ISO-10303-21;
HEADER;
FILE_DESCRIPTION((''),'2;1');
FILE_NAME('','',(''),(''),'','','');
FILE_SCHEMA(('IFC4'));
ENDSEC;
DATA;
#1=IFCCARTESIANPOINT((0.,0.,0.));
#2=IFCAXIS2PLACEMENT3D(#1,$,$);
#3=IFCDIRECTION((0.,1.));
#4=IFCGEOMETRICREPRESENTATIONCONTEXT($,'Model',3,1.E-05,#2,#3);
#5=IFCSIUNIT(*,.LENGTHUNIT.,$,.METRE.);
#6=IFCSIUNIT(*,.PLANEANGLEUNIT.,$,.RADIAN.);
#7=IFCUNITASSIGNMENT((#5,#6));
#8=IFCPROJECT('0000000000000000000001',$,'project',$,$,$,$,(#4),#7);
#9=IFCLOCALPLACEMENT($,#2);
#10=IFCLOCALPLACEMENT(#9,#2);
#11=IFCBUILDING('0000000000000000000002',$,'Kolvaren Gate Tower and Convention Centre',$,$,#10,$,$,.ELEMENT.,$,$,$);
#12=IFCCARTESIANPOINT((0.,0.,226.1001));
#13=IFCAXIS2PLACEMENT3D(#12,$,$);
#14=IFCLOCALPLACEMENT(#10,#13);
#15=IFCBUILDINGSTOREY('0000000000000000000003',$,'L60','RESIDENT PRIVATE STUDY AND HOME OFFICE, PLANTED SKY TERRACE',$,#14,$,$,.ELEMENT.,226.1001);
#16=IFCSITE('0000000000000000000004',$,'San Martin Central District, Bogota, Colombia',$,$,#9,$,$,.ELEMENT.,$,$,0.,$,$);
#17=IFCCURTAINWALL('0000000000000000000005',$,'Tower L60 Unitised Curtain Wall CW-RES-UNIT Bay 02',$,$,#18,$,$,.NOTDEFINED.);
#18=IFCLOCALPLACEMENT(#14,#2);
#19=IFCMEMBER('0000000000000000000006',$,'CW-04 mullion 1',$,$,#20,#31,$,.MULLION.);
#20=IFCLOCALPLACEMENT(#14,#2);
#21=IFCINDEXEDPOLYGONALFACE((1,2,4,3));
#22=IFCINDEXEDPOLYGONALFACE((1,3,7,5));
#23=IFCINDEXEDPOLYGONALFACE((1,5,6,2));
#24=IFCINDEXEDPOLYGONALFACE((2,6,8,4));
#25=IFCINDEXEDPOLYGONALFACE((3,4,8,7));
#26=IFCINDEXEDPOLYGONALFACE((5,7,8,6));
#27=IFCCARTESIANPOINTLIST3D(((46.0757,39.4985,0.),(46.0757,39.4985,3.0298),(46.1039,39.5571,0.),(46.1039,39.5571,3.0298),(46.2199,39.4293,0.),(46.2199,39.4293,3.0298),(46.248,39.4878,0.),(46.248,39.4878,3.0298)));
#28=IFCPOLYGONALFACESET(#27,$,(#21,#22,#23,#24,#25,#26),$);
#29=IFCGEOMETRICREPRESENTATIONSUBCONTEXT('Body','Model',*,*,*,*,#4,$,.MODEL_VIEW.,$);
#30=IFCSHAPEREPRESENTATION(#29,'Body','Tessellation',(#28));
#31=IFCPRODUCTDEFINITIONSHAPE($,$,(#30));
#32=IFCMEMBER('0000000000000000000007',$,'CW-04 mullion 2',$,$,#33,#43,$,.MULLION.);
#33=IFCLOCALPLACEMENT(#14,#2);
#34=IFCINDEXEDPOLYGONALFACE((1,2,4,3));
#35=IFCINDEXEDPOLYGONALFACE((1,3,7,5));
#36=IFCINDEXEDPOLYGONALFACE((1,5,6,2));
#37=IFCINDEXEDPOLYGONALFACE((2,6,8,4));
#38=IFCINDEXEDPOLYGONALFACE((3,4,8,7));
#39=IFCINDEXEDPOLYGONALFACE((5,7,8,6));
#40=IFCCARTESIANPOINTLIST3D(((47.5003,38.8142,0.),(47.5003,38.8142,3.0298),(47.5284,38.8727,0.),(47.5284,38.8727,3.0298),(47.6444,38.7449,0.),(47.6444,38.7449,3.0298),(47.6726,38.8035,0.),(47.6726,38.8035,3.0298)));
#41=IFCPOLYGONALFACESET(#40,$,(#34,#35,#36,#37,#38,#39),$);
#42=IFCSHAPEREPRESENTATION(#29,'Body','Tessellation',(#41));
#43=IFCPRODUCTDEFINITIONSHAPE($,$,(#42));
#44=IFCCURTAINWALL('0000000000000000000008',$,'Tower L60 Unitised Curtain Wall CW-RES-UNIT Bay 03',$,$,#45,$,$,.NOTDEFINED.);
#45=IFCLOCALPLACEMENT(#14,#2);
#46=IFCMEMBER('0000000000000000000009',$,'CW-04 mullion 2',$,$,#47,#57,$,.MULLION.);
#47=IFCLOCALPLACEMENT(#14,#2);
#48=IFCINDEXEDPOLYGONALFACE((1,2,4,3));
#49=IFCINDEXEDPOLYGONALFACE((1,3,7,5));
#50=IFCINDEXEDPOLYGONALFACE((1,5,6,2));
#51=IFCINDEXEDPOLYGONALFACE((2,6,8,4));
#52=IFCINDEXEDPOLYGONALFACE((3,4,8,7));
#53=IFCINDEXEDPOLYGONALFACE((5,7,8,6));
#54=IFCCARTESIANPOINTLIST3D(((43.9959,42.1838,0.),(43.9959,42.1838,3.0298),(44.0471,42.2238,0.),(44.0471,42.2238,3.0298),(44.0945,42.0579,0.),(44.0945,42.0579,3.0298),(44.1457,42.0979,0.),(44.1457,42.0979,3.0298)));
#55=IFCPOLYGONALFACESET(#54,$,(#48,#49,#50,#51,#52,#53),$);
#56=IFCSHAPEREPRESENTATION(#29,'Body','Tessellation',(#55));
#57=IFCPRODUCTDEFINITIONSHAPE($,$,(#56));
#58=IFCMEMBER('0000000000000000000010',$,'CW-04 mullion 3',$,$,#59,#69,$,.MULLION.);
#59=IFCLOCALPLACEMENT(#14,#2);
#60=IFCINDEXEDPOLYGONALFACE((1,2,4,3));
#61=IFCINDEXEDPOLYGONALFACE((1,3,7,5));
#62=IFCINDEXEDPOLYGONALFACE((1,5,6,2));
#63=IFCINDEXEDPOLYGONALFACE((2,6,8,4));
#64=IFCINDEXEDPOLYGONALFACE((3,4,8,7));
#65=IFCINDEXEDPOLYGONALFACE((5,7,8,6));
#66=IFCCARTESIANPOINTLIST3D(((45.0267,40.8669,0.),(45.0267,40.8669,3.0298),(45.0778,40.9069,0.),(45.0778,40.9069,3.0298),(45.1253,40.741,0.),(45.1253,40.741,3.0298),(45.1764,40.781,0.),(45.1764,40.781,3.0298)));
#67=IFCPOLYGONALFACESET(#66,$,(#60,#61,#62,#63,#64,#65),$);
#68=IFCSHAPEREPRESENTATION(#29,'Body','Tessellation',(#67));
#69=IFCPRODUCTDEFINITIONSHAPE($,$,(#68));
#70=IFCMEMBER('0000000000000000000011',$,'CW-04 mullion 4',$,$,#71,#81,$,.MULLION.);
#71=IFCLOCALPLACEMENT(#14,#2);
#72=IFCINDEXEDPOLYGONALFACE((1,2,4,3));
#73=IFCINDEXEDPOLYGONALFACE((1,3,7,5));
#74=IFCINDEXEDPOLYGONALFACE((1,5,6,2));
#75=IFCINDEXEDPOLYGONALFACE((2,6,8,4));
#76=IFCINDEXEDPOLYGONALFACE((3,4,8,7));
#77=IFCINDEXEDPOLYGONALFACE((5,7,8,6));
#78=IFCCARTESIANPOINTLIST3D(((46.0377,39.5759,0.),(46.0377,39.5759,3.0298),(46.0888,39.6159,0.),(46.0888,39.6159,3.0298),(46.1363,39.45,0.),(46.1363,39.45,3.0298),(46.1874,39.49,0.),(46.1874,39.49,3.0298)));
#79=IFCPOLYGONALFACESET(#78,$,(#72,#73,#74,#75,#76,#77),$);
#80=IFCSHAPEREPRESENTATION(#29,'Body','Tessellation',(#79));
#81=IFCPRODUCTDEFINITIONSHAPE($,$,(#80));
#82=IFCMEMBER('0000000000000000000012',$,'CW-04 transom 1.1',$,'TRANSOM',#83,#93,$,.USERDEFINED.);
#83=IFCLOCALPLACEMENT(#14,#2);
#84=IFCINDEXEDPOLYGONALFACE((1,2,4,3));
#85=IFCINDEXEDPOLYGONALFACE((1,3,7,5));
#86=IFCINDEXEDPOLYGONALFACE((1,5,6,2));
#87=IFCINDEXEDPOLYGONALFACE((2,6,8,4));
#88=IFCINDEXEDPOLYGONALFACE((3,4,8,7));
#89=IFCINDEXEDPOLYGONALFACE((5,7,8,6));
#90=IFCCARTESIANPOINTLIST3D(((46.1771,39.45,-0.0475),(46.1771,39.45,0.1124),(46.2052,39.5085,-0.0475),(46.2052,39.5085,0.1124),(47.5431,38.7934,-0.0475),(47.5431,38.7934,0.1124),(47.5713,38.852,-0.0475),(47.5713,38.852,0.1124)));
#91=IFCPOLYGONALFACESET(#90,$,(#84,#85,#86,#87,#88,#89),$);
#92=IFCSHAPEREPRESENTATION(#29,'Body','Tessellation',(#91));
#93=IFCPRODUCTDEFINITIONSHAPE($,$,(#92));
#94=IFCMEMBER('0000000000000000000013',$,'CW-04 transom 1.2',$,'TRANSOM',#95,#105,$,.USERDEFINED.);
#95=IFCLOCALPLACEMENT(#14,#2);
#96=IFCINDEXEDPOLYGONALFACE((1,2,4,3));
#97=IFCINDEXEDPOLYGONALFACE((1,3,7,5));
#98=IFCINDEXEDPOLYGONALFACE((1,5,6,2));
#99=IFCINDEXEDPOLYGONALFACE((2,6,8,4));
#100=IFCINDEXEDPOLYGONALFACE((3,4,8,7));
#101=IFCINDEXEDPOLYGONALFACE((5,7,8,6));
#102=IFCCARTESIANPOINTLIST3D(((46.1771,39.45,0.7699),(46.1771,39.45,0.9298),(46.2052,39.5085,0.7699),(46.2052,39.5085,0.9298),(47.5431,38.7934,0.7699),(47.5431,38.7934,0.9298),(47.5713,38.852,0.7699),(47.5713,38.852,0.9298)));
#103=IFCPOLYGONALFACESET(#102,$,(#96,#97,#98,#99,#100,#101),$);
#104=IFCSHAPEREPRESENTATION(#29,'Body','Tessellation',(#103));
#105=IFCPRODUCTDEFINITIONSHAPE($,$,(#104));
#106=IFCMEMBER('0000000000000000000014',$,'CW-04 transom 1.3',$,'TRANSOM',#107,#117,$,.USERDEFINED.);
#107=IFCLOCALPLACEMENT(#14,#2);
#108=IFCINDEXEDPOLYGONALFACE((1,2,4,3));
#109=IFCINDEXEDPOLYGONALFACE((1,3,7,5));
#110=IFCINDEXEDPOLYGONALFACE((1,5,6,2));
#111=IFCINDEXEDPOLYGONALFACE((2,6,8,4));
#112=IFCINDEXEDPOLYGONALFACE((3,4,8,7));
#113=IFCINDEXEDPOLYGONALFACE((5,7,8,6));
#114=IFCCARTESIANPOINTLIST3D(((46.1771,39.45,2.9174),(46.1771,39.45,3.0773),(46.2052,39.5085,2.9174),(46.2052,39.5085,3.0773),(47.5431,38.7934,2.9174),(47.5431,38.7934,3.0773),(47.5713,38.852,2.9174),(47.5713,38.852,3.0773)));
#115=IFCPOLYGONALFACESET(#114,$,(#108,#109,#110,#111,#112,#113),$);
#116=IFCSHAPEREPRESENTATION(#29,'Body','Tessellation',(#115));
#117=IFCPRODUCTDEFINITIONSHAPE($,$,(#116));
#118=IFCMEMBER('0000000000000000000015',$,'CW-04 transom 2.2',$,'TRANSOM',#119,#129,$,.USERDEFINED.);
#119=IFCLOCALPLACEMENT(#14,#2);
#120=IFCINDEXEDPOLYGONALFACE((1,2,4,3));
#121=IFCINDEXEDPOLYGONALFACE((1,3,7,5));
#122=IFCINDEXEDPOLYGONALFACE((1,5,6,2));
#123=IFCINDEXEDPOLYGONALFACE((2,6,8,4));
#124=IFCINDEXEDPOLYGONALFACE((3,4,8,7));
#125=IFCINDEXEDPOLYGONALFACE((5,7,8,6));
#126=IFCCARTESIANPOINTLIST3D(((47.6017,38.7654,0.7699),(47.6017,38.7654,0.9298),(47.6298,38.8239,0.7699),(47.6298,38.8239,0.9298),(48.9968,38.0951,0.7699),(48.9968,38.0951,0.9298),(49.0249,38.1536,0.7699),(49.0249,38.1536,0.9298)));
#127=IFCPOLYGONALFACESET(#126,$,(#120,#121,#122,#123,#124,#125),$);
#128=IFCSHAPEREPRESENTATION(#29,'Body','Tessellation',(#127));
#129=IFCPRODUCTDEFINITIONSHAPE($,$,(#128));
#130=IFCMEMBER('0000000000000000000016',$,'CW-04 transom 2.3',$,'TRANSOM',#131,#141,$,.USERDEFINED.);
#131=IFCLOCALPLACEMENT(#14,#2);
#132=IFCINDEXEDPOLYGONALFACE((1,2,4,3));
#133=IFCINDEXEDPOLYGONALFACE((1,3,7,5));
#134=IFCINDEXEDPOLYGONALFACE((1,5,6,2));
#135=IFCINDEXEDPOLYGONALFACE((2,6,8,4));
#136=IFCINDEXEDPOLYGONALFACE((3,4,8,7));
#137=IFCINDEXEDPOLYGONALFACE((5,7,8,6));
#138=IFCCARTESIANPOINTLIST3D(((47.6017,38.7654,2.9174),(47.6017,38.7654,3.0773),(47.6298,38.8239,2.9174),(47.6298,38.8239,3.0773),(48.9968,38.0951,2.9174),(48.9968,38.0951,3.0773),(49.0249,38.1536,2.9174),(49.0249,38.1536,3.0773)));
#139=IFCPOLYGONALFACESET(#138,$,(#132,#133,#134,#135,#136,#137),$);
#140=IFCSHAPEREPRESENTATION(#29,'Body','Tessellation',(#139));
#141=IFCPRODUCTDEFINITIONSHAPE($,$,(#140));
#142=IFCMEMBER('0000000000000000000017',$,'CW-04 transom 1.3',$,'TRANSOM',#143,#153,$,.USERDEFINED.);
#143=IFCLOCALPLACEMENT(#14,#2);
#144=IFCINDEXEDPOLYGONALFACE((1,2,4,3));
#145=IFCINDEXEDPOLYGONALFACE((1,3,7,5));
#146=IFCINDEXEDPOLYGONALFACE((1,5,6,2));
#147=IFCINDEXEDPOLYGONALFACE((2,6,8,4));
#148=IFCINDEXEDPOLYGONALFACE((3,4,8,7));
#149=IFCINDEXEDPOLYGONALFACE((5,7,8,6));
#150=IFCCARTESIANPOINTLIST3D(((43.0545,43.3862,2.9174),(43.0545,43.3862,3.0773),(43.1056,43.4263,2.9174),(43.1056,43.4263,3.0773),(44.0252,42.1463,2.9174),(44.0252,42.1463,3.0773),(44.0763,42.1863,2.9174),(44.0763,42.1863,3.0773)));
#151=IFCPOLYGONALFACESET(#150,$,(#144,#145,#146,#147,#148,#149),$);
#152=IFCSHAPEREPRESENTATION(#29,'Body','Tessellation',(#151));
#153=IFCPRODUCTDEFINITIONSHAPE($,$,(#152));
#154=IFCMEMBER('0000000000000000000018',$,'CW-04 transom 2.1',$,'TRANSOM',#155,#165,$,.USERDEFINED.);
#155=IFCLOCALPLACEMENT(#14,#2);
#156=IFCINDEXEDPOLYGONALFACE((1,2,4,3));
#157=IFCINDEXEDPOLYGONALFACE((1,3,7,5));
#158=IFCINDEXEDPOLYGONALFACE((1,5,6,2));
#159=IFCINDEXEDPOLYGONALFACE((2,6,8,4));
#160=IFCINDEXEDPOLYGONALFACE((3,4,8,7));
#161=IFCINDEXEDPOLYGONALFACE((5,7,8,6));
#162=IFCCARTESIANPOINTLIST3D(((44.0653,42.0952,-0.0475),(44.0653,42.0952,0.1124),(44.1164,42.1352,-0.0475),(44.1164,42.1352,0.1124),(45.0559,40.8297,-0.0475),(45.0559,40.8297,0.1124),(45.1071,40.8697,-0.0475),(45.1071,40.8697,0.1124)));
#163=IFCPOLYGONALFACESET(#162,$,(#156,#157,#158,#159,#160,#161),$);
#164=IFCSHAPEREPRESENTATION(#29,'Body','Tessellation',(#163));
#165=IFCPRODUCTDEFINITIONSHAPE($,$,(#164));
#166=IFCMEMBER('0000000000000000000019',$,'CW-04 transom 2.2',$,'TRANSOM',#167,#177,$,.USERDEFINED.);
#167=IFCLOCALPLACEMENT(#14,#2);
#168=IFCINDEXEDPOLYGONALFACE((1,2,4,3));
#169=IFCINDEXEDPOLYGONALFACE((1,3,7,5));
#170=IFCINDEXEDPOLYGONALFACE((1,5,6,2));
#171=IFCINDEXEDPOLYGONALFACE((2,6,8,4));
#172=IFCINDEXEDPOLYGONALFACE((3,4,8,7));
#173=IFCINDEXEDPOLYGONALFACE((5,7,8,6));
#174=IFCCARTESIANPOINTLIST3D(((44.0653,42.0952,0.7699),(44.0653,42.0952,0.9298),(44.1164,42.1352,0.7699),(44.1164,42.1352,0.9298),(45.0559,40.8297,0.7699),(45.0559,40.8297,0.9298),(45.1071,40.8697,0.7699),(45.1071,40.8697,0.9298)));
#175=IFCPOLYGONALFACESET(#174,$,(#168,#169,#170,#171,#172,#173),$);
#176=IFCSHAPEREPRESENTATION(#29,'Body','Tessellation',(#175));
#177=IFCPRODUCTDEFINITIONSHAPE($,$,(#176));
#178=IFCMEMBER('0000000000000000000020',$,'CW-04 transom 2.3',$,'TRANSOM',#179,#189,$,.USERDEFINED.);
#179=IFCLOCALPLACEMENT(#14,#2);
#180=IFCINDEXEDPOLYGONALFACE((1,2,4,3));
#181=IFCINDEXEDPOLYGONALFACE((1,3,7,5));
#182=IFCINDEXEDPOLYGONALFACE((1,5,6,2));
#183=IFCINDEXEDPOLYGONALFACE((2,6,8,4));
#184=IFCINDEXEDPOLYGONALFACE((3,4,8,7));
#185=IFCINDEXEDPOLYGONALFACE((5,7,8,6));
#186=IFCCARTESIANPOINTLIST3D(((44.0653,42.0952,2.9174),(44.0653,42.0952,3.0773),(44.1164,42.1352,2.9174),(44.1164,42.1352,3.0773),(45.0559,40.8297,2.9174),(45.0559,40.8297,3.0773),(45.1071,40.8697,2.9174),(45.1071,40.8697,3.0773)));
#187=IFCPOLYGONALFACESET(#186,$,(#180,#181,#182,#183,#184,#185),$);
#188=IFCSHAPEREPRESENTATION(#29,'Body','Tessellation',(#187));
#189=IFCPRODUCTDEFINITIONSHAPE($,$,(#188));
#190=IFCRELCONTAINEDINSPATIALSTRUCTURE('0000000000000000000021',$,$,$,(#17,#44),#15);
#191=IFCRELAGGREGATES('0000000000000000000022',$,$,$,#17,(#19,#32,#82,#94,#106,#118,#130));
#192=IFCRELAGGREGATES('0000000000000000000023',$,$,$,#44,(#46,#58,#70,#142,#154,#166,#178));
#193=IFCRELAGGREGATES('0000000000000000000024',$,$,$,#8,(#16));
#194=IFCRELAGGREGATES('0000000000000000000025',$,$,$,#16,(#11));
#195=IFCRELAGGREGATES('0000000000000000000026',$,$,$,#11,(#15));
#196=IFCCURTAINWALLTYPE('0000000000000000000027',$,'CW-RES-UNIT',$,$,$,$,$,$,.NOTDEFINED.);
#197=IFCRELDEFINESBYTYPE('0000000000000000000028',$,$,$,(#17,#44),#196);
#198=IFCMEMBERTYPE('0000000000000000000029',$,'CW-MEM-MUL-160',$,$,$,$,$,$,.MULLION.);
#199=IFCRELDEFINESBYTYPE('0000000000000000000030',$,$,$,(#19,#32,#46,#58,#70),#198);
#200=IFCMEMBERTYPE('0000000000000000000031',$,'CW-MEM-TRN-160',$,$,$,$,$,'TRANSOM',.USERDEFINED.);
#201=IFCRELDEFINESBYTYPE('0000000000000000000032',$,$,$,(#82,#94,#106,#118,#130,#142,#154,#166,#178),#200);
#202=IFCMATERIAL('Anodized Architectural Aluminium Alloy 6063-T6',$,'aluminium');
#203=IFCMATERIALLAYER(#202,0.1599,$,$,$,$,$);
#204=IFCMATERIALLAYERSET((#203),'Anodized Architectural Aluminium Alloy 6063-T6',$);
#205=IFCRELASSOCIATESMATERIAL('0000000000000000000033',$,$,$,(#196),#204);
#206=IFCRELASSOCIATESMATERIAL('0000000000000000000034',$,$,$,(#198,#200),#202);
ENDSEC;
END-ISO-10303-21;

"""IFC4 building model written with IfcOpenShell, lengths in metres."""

from ifc_helpers import new_model, si_unit, direction, frame, origin, origin_2d, place, context, subcontext, project, spatial, rectangle, extrude, material, layer, layer_set, material_profile, profile_set, type_object, element, aggregate, save


model = new_model("IFC4")

# Units and contexts
model_context = context("Model", 3, precision=1e-05, world=origin(), true_north=direction((0.0, 1.0)))
body_context = subcontext(model_context, "Body", "Model", "MODEL_VIEW")
ifc_project = project(units=[si_unit("LENGTHUNIT", "METRE"), si_unit("PLANEANGLEUNIT", "RADIAN")], contexts=[model_context])

# Site, building, storey
site_placement = place(None, origin())
site = spatial("IfcSite", under=ifc_project, at=site_placement, Name="San Martin Central District, Bogota, Colombia", CompositionType="ELEMENT", RefElevation=0.0)
building_placement = place(site_placement, origin())
building = spatial("IfcBuilding", under=site, at=building_placement, Name="Kolvaren Gate Tower and Convention Centre", CompositionType="ELEMENT")
storey_placement = place(building_placement, frame((0.0, 0.0, 226.1001)))
storey = spatial("IfcBuildingStorey", under=building, at=storey_placement, Name="L60", Description="RESIDENT PRIVATE STUDY AND HOME OFFICE, PLANTED SKY TERRACE", CompositionType="ELEMENT", Elevation=226.1001)

# Curtain walls, members
ifc_material_1 = material(Name="Anodized Architectural Aluminium Alloy 6063-T6", Category="aluminium")
ifc_layer_1 = layer(ifc_material_1, 0.1599)
ifc_layer_set_1 = layer_set([ifc_layer_1], Name="Anodized Architectural Aluminium Alloy 6063-T6")
curtain_wall_type = type_object("IfcCurtainWallType", Name="CW-RES-UNIT", PredefinedType="NOTDEFINED", material=ifc_layer_set_1)
curtain_wall_1_placement = place(storey_placement, origin())
curtain_wall_1 = element("IfcCurtainWall", 1, at=curtain_wall_1_placement, inside=storey, type_object=curtain_wall_type, Name="Tower L60 Unitised Curtain Wall CW-RES-UNIT Bay 02", PredefinedType="NOTDEFINED")
ifc_material_profile_1 = material_profile(ifc_material_1, rectangle(XDim=0.0649, YDim=0.1599, at=origin_2d()), Name="CW-MEM-MUL-160")
ifc_profile_set_1 = profile_set([ifc_material_profile_1], Name="Anodized Architectural Aluminium Alloy 6063-T6")
member_type_1 = type_object("IfcMemberType", Name="CW-MEM-MUL-160", PredefinedType="MULLION", material=ifc_profile_set_1)
member_1_placement = place(storey_placement, frame((46.1619, 39.4932, 0.0), z_axis=(0.0, 0.0, 1.0), x_axis=(0.433064, 0.901363, 0.0)))
member_1 = element("IfcMember", 2, at=member_1_placement, type_object=member_type_1, Name="CW-04 mullion 1", PredefinedType="MULLION", context=body_context, shape_type="SweptSolid", body=[
    extrude(rectangle(XDim=0.0649, YDim=0.1599, at=origin_2d()), origin(), (0.0, 0.0, 1.0), 3.0298),
])
member_2_placement = place(storey_placement, frame((47.5864, 38.8088, 0.0), z_axis=(0.0, 0.0, 1.0), x_axis=(0.433064, 0.901363, 0.0)))
member_2 = element("IfcMember", 3, at=member_2_placement, type_object=member_type_1, Name="CW-04 mullion 2", PredefinedType="MULLION", context=body_context, shape_type="SweptSolid", body=[
    extrude(rectangle(XDim=0.0649, YDim=0.1599, at=origin_2d()), origin(), (0.0, 0.0, 1.0), 3.0298),
])
curtain_wall_2_placement = place(storey_placement, origin())
curtain_wall_2 = element("IfcCurtainWall", 4, at=curtain_wall_2_placement, inside=storey, type_object=curtain_wall_type, Name="Tower L60 Unitised Curtain Wall CW-RES-UNIT Bay 03", PredefinedType="NOTDEFINED")
member_3_placement = place(storey_placement, frame((44.0708, 42.1409, 0.0), z_axis=(0.0, 0.0, 1.0), x_axis=(0.787404, 0.616437, 0.0)))
member_3 = element("IfcMember", 5, at=member_3_placement, type_object=member_type_1, Name="CW-04 mullion 2", PredefinedType="MULLION", context=body_context, shape_type="SweptSolid", body=[
    extrude(rectangle(XDim=0.0649, YDim=0.1599, at=origin_2d()), origin(), (0.0, 0.0, 1.0), 3.0298),
])
member_4_placement = place(storey_placement, frame((45.1016, 40.824, 0.0), z_axis=(0.0, 0.0, 1.0), x_axis=(0.787404, 0.616437, 0.0)))
member_4 = element("IfcMember", 6, at=member_4_placement, type_object=member_type_1, Name="CW-04 mullion 3", PredefinedType="MULLION", context=body_context, shape_type="SweptSolid", body=[
    extrude(rectangle(XDim=0.0649, YDim=0.1599, at=origin_2d()), origin(), (0.0, 0.0, 1.0), 3.0298),
])
member_5_placement = place(storey_placement, frame((46.1125, 39.533, 0.0), z_axis=(0.0, 0.0, 1.0), x_axis=(0.787404, 0.616437, 0.0)))
member_5 = element("IfcMember", 7, at=member_5_placement, type_object=member_type_1, Name="CW-04 mullion 4", PredefinedType="MULLION", context=body_context, shape_type="SweptSolid", body=[
    extrude(rectangle(XDim=0.0649, YDim=0.1599, at=origin_2d()), origin(), (0.0, 0.0, 1.0), 3.0298),
])

# Members
ifc_material_profile_2 = material_profile(ifc_material_1, rectangle(XDim=0.0649, YDim=0.1599, at=origin_2d()), Name="CW-MEM-TRN-160")
ifc_profile_set_2 = profile_set([ifc_material_profile_2], Name="Anodized Architectural Aluminium Alloy 6063-T6")
member_type_2 = type_object("IfcMemberType", Name="CW-MEM-TRN-160", ElementType="TRANSOM", PredefinedType="USERDEFINED", material=ifc_profile_set_2)
member_6_placement = place(storey_placement, frame((46.1912, 39.4792, 0.0325), z_axis=(0.901309, -0.433176, 0.0), x_axis=(0.433176, 0.901309, 0.0)))
member_6 = element("IfcMember", 8, at=member_6_placement, type_object=member_type_2, Name="CW-04 transom 1.1", ObjectType="TRANSOM", PredefinedType="USERDEFINED", context=body_context, shape_type="SweptSolid", body=[
    extrude(rectangle(XDim=0.0649, YDim=0.1599, at=origin_2d()), origin(), (0.0, 0.0, 1.0), 1.5156),
])
member_7_placement = place(storey_placement, frame((46.1912, 39.4792, 0.8499), z_axis=(0.901309, -0.433176, 0.0), x_axis=(0.433176, 0.901309, 0.0)))
member_7 = element("IfcMember", 9, at=member_7_placement, type_object=member_type_2, Name="CW-04 transom 1.2", ObjectType="TRANSOM", PredefinedType="USERDEFINED", context=body_context, shape_type="SweptSolid", body=[
    extrude(rectangle(XDim=0.0649, YDim=0.1599, at=origin_2d()), origin(), (0.0, 0.0, 1.0), 1.5156),
])
member_8_placement = place(storey_placement, frame((46.1912, 39.4792, 2.9973), z_axis=(0.901309, -0.433176, 0.0), x_axis=(0.433176, 0.901309, 0.0)))
member_8 = element("IfcMember", 10, at=member_8_placement, type_object=member_type_2, Name="CW-04 transom 1.3", ObjectType="TRANSOM", PredefinedType="USERDEFINED", context=body_context, shape_type="SweptSolid", body=[
    extrude(rectangle(XDim=0.0649, YDim=0.1599, at=origin_2d()), origin(), (0.0, 0.0, 1.0), 1.5156),
])
member_9_placement = place(storey_placement, frame((47.6157, 38.7947, 0.8499), z_axis=(0.901351, -0.43309, 0.0), x_axis=(0.43309, 0.901351, 0.0)))
member_9 = element("IfcMember", 11, at=member_9_placement, type_object=member_type_2, Name="CW-04 transom 2.2", ObjectType="TRANSOM", PredefinedType="USERDEFINED", context=body_context, shape_type="SweptSolid", body=[
    extrude(rectangle(XDim=0.0649, YDim=0.1599, at=origin_2d()), origin(), (0.0, 0.0, 1.0), 1.5479),
])
member_10_placement = place(storey_placement, frame((47.6157, 38.7947, 2.9973), z_axis=(0.901351, -0.43309, 0.0), x_axis=(0.43309, 0.901351, 0.0)))
member_10 = element("IfcMember", 12, at=member_10_placement, type_object=member_type_2, Name="CW-04 transom 2.3", ObjectType="TRANSOM", PredefinedType="USERDEFINED", context=body_context, shape_type="SweptSolid", body=[
    extrude(rectangle(XDim=0.0649, YDim=0.1599, at=origin_2d()), origin(), (0.0, 0.0, 1.0), 1.5479),
])
member_11_placement = place(storey_placement, frame((43.0801, 43.4062, 2.9973), z_axis=(0.616417, -0.78742, 0.0), x_axis=(0.78742, 0.616417, 0.0)))
member_11 = element("IfcMember", 13, at=member_11_placement, type_object=member_type_2, Name="CW-04 transom 1.3", ObjectType="TRANSOM", PredefinedType="USERDEFINED", context=body_context, shape_type="SweptSolid", body=[
    extrude(rectangle(XDim=0.0649, YDim=0.1599, at=origin_2d()), origin(), (0.0, 0.0, 1.0), 1.5747),
])
member_12_placement = place(storey_placement, frame((44.0908, 42.1152, 0.0325), z_axis=(0.616398, -0.787434, 0.0), x_axis=(0.787434, 0.616398, 0.0)))
member_12 = element("IfcMember", 14, at=member_12_placement, type_object=member_type_2, Name="CW-04 transom 2.1", ObjectType="TRANSOM", PredefinedType="USERDEFINED", context=body_context, shape_type="SweptSolid", body=[
    extrude(rectangle(XDim=0.0649, YDim=0.1599, at=origin_2d()), origin(), (0.0, 0.0, 1.0), 1.6072),
])
member_13_placement = place(storey_placement, frame((44.0908, 42.1152, 0.8499), z_axis=(0.616398, -0.787434, 0.0), x_axis=(0.787434, 0.616398, 0.0)))
member_13 = element("IfcMember", 15, at=member_13_placement, type_object=member_type_2, Name="CW-04 transom 2.2", ObjectType="TRANSOM", PredefinedType="USERDEFINED", context=body_context, shape_type="SweptSolid", body=[
    extrude(rectangle(XDim=0.0649, YDim=0.1599, at=origin_2d()), origin(), (0.0, 0.0, 1.0), 1.6072),
])
member_14_placement = place(storey_placement, frame((44.0908, 42.1152, 2.9973), z_axis=(0.616398, -0.787434, 0.0), x_axis=(0.787434, 0.616398, 0.0)))
member_14 = element("IfcMember", 16, at=member_14_placement, type_object=member_type_2, Name="CW-04 transom 2.3", ObjectType="TRANSOM", PredefinedType="USERDEFINED", context=body_context, shape_type="SweptSolid", body=[
    extrude(rectangle(XDim=0.0649, YDim=0.1599, at=origin_2d()), origin(), (0.0, 0.0, 1.0), 1.6072),
])

aggregate(curtain_wall_1, [member_1, member_2, member_6, member_7, member_8, member_9, member_10])
aggregate(curtain_wall_2, [member_3, member_4, member_5, member_11, member_12, member_13, member_14])

save(model, "model.ifc")
